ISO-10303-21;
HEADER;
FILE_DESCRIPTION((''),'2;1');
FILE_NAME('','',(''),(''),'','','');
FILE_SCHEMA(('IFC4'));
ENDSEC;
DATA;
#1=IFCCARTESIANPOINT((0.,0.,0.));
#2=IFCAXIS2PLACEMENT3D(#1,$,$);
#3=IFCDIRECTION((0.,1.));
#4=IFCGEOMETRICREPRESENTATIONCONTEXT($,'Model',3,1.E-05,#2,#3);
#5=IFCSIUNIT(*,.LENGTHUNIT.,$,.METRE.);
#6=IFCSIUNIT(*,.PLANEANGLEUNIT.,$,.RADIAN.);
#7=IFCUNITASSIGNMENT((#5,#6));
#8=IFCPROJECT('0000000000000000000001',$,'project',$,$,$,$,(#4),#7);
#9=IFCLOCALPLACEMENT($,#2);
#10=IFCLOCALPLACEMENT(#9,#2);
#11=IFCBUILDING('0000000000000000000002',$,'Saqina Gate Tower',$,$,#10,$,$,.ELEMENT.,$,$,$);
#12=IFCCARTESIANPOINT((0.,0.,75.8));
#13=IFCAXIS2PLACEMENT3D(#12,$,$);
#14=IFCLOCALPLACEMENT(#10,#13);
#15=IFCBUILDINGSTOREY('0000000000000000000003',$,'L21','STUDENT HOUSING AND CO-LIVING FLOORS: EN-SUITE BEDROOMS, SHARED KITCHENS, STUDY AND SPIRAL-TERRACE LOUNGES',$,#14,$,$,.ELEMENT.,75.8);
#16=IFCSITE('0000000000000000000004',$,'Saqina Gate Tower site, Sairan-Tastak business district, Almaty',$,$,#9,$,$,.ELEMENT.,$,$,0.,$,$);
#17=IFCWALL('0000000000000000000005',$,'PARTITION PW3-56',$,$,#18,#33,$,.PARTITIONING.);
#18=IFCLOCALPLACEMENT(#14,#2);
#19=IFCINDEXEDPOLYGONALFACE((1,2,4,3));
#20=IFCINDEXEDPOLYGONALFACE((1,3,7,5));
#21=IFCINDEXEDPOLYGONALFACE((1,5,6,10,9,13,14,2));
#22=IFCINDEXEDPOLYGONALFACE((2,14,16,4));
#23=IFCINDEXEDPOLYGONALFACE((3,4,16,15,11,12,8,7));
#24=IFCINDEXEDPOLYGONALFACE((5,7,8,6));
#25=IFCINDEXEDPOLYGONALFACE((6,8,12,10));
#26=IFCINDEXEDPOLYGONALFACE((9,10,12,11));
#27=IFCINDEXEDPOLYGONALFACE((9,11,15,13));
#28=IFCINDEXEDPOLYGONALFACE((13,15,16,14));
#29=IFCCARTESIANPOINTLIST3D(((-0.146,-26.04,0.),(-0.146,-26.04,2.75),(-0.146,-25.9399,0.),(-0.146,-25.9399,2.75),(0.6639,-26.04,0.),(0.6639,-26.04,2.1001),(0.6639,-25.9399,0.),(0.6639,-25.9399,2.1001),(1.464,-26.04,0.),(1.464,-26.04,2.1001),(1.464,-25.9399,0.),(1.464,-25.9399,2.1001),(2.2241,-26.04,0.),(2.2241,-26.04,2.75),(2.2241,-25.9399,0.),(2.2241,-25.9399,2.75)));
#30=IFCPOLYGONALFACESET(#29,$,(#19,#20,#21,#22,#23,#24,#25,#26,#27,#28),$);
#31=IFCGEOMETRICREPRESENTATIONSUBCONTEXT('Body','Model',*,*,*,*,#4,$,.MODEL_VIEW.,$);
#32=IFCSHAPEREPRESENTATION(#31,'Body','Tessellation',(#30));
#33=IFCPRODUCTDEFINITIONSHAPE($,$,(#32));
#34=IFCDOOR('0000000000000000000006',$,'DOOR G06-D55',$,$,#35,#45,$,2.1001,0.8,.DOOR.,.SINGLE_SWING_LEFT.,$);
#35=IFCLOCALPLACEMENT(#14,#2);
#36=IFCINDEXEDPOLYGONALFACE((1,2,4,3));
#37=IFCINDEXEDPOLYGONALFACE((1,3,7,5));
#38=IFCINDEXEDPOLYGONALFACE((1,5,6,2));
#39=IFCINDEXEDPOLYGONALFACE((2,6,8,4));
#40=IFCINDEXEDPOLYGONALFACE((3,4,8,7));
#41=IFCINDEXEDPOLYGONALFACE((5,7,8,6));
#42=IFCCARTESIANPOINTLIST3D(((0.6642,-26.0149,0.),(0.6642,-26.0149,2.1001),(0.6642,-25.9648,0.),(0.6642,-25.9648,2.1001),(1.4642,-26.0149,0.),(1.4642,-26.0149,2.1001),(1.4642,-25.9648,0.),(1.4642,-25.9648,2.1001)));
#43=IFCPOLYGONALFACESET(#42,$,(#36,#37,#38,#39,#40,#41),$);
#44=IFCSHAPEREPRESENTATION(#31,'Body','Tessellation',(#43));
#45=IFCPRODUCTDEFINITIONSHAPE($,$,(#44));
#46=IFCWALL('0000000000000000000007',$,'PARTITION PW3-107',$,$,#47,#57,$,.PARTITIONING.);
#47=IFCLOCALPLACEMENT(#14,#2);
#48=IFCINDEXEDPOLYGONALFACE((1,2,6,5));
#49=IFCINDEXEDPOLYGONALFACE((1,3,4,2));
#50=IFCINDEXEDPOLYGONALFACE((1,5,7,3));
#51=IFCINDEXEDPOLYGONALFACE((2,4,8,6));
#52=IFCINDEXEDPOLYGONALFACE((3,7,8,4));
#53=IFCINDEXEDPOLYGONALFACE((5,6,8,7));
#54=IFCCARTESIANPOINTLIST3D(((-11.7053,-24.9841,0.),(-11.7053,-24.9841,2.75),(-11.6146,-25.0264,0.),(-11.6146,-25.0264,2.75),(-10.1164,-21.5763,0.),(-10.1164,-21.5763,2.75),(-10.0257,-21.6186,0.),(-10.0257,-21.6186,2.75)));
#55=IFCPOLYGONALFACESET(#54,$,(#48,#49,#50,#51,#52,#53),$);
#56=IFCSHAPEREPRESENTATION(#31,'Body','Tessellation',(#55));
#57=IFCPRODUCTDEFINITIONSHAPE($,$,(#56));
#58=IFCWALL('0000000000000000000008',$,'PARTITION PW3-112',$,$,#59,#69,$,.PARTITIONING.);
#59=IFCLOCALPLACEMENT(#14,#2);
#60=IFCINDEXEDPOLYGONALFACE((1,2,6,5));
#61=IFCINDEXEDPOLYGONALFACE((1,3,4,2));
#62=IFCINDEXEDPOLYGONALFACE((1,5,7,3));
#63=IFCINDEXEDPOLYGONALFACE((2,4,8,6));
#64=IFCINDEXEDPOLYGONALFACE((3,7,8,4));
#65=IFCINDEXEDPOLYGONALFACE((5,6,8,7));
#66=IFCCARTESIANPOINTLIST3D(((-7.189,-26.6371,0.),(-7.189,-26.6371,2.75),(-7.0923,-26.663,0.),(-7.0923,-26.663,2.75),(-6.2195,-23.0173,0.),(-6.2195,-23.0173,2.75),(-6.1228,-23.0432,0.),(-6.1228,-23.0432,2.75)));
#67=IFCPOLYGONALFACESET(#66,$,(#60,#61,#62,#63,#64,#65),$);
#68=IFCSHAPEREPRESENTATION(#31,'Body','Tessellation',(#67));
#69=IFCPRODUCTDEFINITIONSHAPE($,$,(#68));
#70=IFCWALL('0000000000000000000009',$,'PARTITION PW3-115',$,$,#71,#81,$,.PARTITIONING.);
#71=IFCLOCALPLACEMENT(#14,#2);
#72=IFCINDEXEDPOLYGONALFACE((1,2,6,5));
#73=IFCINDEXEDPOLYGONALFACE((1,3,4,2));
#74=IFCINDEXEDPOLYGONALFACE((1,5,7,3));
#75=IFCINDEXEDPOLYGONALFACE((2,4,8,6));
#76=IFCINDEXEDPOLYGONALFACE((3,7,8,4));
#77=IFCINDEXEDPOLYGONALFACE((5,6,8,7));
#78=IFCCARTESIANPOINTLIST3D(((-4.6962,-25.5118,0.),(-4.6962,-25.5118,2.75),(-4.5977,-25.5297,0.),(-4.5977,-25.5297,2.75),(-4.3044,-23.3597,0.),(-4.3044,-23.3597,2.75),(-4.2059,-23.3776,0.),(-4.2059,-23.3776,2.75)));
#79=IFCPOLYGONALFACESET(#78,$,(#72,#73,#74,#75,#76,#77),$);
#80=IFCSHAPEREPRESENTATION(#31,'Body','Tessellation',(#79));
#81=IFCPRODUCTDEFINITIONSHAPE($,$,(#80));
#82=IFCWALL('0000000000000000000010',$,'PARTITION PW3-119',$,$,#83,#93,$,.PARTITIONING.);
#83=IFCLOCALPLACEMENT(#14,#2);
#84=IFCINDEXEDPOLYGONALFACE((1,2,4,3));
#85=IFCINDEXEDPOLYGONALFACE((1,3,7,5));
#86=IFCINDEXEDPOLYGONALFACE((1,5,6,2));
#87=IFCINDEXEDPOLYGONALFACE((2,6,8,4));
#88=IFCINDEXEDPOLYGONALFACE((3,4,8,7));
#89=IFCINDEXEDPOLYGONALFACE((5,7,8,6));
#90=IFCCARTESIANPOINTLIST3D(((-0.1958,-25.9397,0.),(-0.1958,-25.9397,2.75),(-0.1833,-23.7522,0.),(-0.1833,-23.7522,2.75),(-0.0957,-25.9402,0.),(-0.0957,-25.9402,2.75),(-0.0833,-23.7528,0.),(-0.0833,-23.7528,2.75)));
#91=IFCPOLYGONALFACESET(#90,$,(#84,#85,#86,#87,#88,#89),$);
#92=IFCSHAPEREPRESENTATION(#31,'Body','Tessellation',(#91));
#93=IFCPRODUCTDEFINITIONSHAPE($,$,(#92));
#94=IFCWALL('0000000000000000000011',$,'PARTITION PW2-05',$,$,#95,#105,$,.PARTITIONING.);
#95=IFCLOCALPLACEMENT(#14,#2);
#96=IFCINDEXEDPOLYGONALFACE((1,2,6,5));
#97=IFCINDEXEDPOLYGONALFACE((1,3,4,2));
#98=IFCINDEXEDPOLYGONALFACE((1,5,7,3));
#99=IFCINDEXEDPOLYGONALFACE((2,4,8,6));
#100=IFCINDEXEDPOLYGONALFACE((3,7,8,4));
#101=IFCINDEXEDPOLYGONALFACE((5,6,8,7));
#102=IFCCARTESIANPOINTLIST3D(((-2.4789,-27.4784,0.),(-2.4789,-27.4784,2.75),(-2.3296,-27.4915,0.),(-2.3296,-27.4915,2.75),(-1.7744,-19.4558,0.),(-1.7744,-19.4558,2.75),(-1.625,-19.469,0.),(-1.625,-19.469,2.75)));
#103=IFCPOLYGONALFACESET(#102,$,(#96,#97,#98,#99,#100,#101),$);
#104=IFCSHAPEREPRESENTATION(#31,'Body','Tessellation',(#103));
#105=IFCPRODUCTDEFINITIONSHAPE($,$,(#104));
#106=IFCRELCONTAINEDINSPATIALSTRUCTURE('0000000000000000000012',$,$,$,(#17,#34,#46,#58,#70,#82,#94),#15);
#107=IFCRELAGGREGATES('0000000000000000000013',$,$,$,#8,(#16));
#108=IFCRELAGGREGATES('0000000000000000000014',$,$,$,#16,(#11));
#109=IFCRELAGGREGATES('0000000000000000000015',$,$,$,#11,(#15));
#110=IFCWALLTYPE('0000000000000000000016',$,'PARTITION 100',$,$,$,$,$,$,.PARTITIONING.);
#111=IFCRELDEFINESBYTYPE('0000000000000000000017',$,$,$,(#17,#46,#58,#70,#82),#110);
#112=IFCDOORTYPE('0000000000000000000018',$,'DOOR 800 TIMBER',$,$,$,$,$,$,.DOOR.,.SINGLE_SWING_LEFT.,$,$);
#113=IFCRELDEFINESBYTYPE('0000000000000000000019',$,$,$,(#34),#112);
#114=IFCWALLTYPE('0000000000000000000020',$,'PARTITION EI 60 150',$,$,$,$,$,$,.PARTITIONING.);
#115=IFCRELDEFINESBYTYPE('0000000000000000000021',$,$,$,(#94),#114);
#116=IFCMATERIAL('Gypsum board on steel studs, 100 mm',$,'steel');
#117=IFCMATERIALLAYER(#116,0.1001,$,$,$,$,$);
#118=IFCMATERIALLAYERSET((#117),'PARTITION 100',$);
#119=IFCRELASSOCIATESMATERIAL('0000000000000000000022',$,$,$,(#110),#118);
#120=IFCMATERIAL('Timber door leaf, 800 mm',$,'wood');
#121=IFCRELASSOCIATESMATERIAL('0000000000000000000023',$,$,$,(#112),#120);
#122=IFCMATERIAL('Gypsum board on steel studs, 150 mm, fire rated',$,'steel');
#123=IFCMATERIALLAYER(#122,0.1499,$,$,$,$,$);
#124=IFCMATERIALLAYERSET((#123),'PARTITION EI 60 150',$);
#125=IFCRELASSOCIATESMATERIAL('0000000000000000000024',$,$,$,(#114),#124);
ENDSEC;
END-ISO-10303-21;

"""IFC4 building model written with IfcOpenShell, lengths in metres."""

from ifc_helpers import new_model, si_unit, direction, frame, frame_2d, origin, place, context, subcontext, project, spatial, rectangle, extrude, material, layer, layer_set, type_object, element, fill, save


model = new_model("IFC4")

# Units and contexts
model_context = context("Model", 3, precision=1e-05, world=origin(), true_north=direction((0.0, 1.0)))
body_context = subcontext(model_context, "Body", "Model", "MODEL_VIEW")
ifc_project = project(units=[si_unit("LENGTHUNIT", "METRE"), si_unit("PLANEANGLEUNIT", "RADIAN")], contexts=[model_context])

# Site, building, storey
site_placement = place(None, origin())
site = spatial("IfcSite", under=ifc_project, at=site_placement, Name="Saqina Gate Tower site, Sairan-Tastak business district, Almaty", CompositionType="ELEMENT", RefElevation=0.0)
building_placement = place(site_placement, origin())
building = spatial("IfcBuilding", under=site, at=building_placement, Name="Saqina Gate Tower", CompositionType="ELEMENT")
storey_placement = place(building_placement, frame((0.0, 0.0, 75.8)))
storey = spatial("IfcBuildingStorey", under=building, at=storey_placement, Name="L21", Description="STUDENT HOUSING AND CO-LIVING FLOORS: EN-SUITE BEDROOMS, SHARED KITCHENS, STUDY AND SPIRAL-TERRACE LOUNGES", CompositionType="ELEMENT", Elevation=75.8)

# Wall, opening, door
ifc_material_1 = material(Name="Gypsum board on steel studs, 100 mm", Category="steel")
ifc_layer_1 = layer(ifc_material_1, 0.1001)
ifc_layer_set_1 = layer_set([ifc_layer_1], Name="PARTITION 100")
wall_type_1 = type_object("IfcWallType", Name="PARTITION 100", PredefinedType="PARTITIONING", material=ifc_layer_set_1)
ifc_material_2 = material(Name="Timber door leaf, 800 mm", Category="wood")
door_type = type_object("IfcDoorType", Name="DOOR 800 TIMBER", OperationType="SINGLE_SWING_LEFT", PredefinedType="DOOR", material=ifc_material_2)
wall_1_placement = place(storey_placement, frame((-0.146, -25.99, 0.0), z_axis=(0.0, 0.0, 1.0), x_axis=(1.0, 0.0, 0.0)))
wall_1 = element("IfcWall", 1, at=wall_1_placement, inside=storey, type_object=wall_type_1, Name="PARTITION PW3-56", PredefinedType="PARTITIONING", context=body_context, shape_type="SweptSolid", body=[
    extrude(rectangle(XDim=2.3701, YDim=0.1001, at=frame_2d((1.1851, 0.0))), origin(), (0.0, 0.0, 1.0), 2.75),
])
opening_1_placement = place(wall_1_placement, frame((0.8101, 0.0, 0.0)))
opening_1 = element("IfcOpeningElement", 2, at=opening_1_placement, cuts=wall_1, PredefinedType="OPENING", context=body_context, shape_type="SweptSolid", body=[
    extrude(rectangle(XDim=0.8, YDim=2.1001, at=frame_2d((0.3999, 1.05))), frame((0.0, 0.062, 0.0), z_axis=(0.0, -1.0, 0.0), x_axis=(1.0, 0.0, 0.0)), (0.0, 0.0, 1.0), 0.124),
])
door_1_placement = place(opening_1_placement, frame((0.8, 0.0, 0.0), z_axis=(0.0, 0.0, 1.0), x_axis=(-1.0, 0.0, 0.0)))
door_1 = element("IfcDoor", 3, at=door_1_placement, inside=storey, type_object=door_type, Name="DOOR G06-D55", OperationType="SINGLE_SWING_LEFT", OverallHeight=2.1001, OverallWidth=0.8, PredefinedType="DOOR", context=body_context, shape_type="SweptSolid", body=[
    extrude(rectangle(XDim=0.8, YDim=2.1001, at=frame_2d((0.3999, 1.05))), frame((0.0, 0.0249, 0.0), z_axis=(0.0, -1.0, 0.0), x_axis=(1.0, 0.0, 0.0)), (0.0, 0.0, 1.0), 0.05),
])
fill(opening_1, door_1)

# Walls
wall_2_placement = place(storey_placement, frame((-11.6599, -25.0051, 0.0), z_axis=(0.0, 0.0, 1.0), x_axis=(0.42258, 0.906326, 0.0)))
element("IfcWall", 4, at=wall_2_placement, inside=storey, type_object=wall_type_1, Name="PARTITION PW3-107", PredefinedType="PARTITIONING", context=body_context, shape_type="SweptSolid", body=[
    extrude(rectangle(XDim=3.76, YDim=0.1001, at=frame_2d((1.8799, 0.0))), origin(), (0.0, 0.0, 1.0), 2.75),
])
wall_3_placement = place(storey_placement, frame((-7.1406, -26.6499, 0.0), z_axis=(0.0, 0.0, 1.0), x_axis=(0.258721, 0.965952, 0.0)))
element("IfcWall", 5, at=wall_3_placement, inside=storey, type_object=wall_type_1, Name="PARTITION PW3-112", PredefinedType="PARTITIONING", context=body_context, shape_type="SweptSolid", body=[
    extrude(rectangle(XDim=3.7473, YDim=0.1001, at=frame_2d((1.8735, 0.0))), origin(), (0.0, 0.0, 1.0), 2.75),
])
for number, where, z_axis, x_axis, name in (
    (6, (-4.647, -25.5208, 0.0), (0.0, 0.0, 1.0), (0.179131, 0.983825, 0.0), "PARTITION PW3-115"),
    (7, (-0.1458, -25.9399, 0.0), (0.0, 0.0, 1.0), (0.005692, 0.999984, 0.0), "PARTITION PW3-119"),
):
    element("IfcWall", number, at=place(storey_placement, frame(where, z_axis=z_axis, x_axis=x_axis)), inside=storey, type_object=wall_type_1, Name=name, PredefinedType="PARTITIONING", context=body_context, shape_type="SweptSolid", body=[
        extrude(rectangle(XDim=2.1875, YDim=0.1001, at=frame_2d((1.0938, 0.0))), origin(), (0.0, 0.0, 1.0), 2.75),
    ])
ifc_material_3 = material(Name="Gypsum board on steel studs, 150 mm, fire rated", Category="steel")
ifc_layer_2 = layer(ifc_material_3, 0.1499)
ifc_layer_set_2 = layer_set([ifc_layer_2], Name="PARTITION EI 60 150")
wall_type_2 = type_object("IfcWallType", Name="PARTITION EI 60 150", PredefinedType="PARTITIONING", material=ifc_layer_set_2)
wall_4_placement = place(storey_placement, frame((-2.4043, -27.4851, 0.0), z_axis=(0.0, 0.0, 1.0), x_axis=(0.087488, 0.996166, 0.0)))
element("IfcWall", 8, at=wall_4_placement, inside=storey, type_object=wall_type_2, Name="PARTITION PW2-05", PredefinedType="PARTITIONING", context=body_context, shape_type="SweptSolid", body=[
    extrude(rectangle(XDim=8.0535, YDim=0.1499, at=frame_2d((4.0269, 0.0))), origin(), (0.0, 0.0, 1.0), 2.75),
])

save(model, "model.ifc")
